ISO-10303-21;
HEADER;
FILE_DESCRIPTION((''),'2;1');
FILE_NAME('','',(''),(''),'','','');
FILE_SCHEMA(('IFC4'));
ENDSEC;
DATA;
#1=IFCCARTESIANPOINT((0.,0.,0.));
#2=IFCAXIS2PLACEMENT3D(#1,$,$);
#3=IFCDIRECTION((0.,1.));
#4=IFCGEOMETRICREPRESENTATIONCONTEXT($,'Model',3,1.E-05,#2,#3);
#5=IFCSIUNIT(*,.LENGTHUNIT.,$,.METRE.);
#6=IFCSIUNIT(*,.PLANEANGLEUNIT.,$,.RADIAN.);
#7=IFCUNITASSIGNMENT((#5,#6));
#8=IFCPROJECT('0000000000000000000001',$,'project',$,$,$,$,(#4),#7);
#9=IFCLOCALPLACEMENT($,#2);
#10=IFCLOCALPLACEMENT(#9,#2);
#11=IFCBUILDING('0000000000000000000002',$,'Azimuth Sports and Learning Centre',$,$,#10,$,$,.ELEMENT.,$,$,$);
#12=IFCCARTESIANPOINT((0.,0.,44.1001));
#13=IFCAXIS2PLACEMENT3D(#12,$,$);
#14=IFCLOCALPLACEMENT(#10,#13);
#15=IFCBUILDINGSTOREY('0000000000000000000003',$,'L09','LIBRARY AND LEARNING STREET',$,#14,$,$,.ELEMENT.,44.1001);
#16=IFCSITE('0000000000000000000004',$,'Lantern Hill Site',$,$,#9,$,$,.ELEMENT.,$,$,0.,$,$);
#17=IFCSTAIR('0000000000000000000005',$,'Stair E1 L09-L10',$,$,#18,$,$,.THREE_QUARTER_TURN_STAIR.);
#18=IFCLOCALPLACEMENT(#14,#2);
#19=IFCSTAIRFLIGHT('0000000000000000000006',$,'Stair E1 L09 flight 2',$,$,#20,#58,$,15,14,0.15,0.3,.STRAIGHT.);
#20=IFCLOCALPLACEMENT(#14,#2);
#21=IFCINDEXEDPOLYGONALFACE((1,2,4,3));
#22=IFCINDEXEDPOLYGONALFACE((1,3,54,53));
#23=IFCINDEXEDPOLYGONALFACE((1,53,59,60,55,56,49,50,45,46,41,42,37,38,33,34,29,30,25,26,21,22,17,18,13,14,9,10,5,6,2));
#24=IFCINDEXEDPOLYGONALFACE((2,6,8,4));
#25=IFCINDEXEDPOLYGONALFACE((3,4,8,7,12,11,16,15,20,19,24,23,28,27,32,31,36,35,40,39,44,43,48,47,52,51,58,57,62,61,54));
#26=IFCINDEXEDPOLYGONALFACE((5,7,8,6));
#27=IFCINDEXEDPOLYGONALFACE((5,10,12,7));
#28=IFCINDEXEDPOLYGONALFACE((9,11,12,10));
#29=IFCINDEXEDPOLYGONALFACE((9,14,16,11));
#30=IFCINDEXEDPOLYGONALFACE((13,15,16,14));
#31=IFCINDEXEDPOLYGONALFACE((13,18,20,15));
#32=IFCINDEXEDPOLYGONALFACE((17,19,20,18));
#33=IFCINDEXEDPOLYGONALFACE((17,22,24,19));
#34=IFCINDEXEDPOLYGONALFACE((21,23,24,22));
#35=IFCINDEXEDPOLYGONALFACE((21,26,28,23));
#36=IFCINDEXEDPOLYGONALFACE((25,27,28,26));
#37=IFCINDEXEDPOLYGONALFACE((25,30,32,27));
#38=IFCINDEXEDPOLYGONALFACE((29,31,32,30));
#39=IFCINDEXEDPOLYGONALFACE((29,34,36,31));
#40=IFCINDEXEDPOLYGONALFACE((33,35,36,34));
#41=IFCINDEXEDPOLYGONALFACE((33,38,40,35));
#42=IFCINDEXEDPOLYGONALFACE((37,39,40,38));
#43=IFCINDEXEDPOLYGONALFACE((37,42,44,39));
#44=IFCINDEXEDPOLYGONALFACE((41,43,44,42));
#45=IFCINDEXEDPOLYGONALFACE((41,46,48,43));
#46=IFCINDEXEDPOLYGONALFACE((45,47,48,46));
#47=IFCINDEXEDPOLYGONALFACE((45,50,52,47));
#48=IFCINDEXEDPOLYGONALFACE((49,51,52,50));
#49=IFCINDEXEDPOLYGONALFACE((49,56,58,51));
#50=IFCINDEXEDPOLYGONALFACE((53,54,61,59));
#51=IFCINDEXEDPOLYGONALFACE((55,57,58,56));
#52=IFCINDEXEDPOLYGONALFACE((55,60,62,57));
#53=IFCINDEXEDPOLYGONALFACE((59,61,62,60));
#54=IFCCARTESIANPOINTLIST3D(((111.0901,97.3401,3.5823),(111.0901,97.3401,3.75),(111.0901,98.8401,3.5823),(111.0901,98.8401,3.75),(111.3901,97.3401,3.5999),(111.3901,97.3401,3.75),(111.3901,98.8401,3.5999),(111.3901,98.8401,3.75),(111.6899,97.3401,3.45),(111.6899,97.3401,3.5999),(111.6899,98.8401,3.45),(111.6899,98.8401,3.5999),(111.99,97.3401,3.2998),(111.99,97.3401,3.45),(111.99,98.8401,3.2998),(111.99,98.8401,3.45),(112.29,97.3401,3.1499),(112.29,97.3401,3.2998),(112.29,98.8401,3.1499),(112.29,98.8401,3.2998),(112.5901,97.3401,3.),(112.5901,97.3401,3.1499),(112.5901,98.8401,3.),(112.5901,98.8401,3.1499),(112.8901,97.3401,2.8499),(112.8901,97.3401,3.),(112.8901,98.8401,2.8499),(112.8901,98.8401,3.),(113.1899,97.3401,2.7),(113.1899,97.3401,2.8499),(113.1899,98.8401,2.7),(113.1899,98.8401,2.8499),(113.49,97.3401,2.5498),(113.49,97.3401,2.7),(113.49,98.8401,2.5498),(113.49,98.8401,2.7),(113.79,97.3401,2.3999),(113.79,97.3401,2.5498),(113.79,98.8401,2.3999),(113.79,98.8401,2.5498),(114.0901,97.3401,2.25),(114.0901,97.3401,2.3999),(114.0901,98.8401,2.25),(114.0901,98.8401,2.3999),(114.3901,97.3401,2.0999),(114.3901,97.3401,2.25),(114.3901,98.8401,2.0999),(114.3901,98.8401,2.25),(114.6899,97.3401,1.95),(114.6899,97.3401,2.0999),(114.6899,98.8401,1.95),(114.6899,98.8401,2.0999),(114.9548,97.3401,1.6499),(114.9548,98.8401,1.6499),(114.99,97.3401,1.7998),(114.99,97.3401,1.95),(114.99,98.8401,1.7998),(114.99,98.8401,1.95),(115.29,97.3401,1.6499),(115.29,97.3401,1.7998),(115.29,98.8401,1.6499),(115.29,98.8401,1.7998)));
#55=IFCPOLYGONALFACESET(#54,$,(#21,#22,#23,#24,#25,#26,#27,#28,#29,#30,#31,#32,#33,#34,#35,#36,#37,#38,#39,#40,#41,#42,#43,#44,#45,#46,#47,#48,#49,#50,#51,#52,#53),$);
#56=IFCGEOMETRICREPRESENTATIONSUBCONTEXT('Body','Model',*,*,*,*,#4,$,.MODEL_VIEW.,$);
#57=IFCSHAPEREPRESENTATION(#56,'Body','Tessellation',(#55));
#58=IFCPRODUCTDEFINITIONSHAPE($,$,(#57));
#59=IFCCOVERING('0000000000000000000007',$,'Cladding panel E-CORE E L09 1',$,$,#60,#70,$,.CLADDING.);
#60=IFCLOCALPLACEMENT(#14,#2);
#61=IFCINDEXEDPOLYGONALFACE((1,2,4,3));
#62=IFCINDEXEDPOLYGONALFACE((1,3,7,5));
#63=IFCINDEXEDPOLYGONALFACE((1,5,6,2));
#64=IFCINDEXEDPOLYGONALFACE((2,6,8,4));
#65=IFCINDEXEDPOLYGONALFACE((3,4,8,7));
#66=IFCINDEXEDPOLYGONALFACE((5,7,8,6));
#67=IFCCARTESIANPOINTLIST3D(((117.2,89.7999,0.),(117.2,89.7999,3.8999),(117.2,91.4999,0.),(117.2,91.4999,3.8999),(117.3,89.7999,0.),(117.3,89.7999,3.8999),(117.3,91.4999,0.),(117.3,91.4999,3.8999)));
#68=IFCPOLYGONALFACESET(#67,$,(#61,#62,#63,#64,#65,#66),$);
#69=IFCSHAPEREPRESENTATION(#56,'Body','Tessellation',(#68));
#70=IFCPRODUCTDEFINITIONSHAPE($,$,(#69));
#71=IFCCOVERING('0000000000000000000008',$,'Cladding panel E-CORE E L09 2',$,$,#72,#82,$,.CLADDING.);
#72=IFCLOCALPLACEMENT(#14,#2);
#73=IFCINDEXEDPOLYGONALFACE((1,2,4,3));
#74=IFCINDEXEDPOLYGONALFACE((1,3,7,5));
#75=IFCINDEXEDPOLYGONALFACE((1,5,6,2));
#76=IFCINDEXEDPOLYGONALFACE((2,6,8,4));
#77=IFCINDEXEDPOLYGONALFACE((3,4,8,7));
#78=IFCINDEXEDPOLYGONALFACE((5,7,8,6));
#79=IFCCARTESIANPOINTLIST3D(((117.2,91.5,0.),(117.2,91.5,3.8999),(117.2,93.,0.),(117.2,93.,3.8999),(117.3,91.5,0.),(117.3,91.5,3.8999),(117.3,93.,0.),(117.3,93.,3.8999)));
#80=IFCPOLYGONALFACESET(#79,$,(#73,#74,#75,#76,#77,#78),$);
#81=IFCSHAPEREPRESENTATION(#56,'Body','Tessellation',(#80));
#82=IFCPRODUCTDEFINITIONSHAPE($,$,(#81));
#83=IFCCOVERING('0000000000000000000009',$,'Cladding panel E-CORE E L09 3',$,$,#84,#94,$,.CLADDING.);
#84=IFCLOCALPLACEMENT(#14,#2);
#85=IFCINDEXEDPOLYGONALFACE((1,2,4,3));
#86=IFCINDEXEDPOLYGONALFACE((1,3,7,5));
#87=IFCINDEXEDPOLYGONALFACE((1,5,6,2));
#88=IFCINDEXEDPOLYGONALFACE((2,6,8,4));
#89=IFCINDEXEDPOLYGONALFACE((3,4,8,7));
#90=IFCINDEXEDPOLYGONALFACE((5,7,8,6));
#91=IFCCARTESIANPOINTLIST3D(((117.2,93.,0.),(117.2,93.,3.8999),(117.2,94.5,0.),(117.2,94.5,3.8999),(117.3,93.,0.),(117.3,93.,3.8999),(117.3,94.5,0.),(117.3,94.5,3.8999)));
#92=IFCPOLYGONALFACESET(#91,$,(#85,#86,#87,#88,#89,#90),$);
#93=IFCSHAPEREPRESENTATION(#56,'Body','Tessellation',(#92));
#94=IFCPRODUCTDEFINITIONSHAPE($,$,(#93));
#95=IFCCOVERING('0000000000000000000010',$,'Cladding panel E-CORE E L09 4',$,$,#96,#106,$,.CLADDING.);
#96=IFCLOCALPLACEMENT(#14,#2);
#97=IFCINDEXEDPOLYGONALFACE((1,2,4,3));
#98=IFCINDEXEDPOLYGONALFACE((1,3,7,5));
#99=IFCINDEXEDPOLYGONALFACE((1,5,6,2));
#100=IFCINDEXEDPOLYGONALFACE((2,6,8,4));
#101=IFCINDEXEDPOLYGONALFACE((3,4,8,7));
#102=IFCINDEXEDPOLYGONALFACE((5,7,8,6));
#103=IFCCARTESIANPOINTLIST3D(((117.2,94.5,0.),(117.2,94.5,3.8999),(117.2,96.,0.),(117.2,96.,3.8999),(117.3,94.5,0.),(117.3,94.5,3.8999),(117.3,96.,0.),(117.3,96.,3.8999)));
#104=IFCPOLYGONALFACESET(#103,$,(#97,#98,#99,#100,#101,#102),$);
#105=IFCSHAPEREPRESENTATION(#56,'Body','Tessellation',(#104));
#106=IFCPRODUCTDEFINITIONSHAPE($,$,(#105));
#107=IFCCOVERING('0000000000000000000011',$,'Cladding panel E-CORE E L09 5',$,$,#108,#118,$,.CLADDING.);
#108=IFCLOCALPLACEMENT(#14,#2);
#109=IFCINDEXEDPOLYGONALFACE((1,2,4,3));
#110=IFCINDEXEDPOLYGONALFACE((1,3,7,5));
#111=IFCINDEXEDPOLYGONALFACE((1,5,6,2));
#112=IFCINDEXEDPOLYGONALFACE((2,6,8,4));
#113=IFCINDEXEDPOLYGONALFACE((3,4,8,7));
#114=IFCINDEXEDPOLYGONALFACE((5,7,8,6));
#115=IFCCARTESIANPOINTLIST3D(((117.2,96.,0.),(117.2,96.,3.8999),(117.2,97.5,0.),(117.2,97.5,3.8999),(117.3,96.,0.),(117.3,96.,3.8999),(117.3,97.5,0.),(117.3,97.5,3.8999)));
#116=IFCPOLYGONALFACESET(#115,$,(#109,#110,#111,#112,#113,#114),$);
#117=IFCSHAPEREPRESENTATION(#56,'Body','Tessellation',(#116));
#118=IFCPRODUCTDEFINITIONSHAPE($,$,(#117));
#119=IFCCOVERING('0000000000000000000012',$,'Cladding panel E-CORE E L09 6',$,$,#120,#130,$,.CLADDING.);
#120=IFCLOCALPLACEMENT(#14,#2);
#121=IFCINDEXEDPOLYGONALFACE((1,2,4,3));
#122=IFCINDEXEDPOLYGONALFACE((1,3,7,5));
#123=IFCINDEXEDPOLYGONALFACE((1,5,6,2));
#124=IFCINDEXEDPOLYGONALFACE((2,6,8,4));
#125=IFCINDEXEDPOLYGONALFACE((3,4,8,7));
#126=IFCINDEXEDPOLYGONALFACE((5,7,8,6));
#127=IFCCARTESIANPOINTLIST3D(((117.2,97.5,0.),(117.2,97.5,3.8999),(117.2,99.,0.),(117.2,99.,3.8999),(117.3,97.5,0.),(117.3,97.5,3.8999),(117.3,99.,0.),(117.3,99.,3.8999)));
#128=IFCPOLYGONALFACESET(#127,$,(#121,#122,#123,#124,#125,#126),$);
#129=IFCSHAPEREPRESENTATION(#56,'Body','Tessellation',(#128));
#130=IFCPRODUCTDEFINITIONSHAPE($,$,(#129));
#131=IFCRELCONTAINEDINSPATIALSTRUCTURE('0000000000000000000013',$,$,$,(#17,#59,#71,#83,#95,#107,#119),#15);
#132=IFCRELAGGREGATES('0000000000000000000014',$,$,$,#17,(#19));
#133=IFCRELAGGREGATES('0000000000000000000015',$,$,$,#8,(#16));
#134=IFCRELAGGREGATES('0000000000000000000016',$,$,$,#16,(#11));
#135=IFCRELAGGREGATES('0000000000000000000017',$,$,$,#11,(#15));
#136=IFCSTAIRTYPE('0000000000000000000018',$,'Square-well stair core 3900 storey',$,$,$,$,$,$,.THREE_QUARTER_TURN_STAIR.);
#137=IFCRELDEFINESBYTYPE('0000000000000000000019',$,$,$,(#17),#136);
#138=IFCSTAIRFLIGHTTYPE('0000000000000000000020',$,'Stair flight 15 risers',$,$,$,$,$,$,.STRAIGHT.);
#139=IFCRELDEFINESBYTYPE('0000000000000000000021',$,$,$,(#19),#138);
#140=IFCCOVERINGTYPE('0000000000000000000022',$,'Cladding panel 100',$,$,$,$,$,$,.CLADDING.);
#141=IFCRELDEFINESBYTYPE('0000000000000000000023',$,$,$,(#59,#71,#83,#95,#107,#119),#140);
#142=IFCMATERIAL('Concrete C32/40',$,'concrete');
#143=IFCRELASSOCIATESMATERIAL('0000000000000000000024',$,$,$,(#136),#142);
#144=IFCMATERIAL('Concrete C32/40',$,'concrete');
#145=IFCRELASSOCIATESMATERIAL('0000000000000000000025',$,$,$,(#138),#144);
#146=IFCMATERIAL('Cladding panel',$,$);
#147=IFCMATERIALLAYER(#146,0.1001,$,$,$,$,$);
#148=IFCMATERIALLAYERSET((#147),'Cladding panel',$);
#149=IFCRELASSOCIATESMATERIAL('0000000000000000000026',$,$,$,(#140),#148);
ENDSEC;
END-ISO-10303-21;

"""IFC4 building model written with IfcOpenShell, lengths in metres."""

from ifc_helpers import new_model, si_unit, direction, frame, origin, origin_2d, place, context, subcontext, project, spatial, polyline, rectangle, outline, extrude, material, layer, layer_set, type_object, element, aggregate, save


model = new_model("IFC4")

# Units and contexts
model_context = context("Model", 3, precision=1e-05, world=origin(), true_north=direction((0.0, 1.0)))
body_context = subcontext(model_context, "Body", "Model", "MODEL_VIEW")
ifc_project = project(units=[si_unit("LENGTHUNIT", "METRE"), si_unit("PLANEANGLEUNIT", "RADIAN")], contexts=[model_context])

# Site, building, storey
site_placement = place(None, origin())
site = spatial("IfcSite", under=ifc_project, at=site_placement, Name="Lantern Hill Site", CompositionType="ELEMENT", RefElevation=0.0)
building_placement = place(site_placement, origin())
building = spatial("IfcBuilding", under=site, at=building_placement, Name="Azimuth Sports and Learning Centre", CompositionType="ELEMENT")
storey_placement = place(building_placement, frame((0.0, 0.0, 44.1001)))
storey = spatial("IfcBuildingStorey", under=building, at=storey_placement, Name="L09", Description="LIBRARY AND LEARNING STREET", CompositionType="ELEMENT", Elevation=44.1001)

# Stair, stair flight
ifc_material_1 = material(Name="Concrete C32/40", Category="concrete")
stair_type = type_object("IfcStairType", Name="Square-well stair core 3900 storey", PredefinedType="THREE_QUARTER_TURN_STAIR", material=ifc_material_1)
stair_placement = place(storey_placement, origin())
stair = element("IfcStair", 1, at=stair_placement, inside=storey, type_object=stair_type, Name="Stair E1 L09-L10", PredefinedType="THREE_QUARTER_TURN_STAIR")
ifc_material_2 = material(Name="Concrete C32/40", Category="concrete")
stair_flight_type_1 = type_object("IfcStairFlightType", Name="Stair flight 15 risers", PredefinedType="STRAIGHT", material=ifc_material_2)
stair_flight_1_placement = place(storey_placement, frame((115.29, 98.0901, 1.6499), z_axis=(0.0, 0.0, 1.0), x_axis=(-1.0, 0.0, 0.0)))
stair_flight_1 = element("IfcStairFlight", 2, at=stair_flight_1_placement, type_object=stair_flight_type_1, Name="Stair E1 L09 flight 2", NumberOfRisers=15, NumberOfTreads=14, PredefinedType="STRAIGHT", RiserHeight=0.15, TreadLength=0.3, context=body_context, shape_type="SweptSolid", body=[
    extrude(outline(polyline([(0.0, 0.0), (0.0, 0.1499), (0.3, 0.1499), (0.3, 0.3), (0.6001, 0.3), (0.6001, 0.45), (0.8999, 0.45), (0.8999, 0.6001), (1.2, 0.6001), (1.2, 0.75), (1.5, 0.75), (1.5, 0.8999), (1.8, 0.8999), (1.8, 1.05), (2.1001, 1.05), (2.1001, 1.2), (2.3999, 1.2), (2.3999, 1.3501), (2.7, 1.3501), (2.7, 1.5), (3.0, 1.5), (3.0, 1.6499), (3.3, 1.6499), (3.3, 1.8), (3.6001, 1.8), (3.6001, 1.95), (3.8999, 1.95), (3.8999, 2.1001), (4.2, 2.1001), (4.2, 2.25), (4.2, 1.9324), (0.3352, 0.0), (0.0, 0.0)])), frame((0.0, 0.75, 0.0), z_axis=(0.0, -1.0, 0.0), x_axis=(1.0, 0.0, 0.0)), (0.0, 0.0, 1.0), 1.5),
])
aggregate(stair, [stair_flight_1])

# Coverings
ifc_material_3 = material(Name="Cladding panel")
ifc_layer_1 = layer(ifc_material_3, 0.1001)
ifc_layer_set_1 = layer_set([ifc_layer_1], Name="Cladding panel")
covering_type = type_object("IfcCoveringType", Name="Cladding panel 100", PredefinedType="CLADDING", material=ifc_layer_set_1)
covering_placement = place(storey_placement, frame((117.25, 90.6499, 0.0), z_axis=(0.0, 0.0, 1.0), x_axis=(0.0, 1.0, 0.0)))
element("IfcCovering", 3, at=covering_placement, inside=storey, type_object=covering_type, Name="Cladding panel E-CORE E L09 1", PredefinedType="CLADDING", context=body_context, shape_type="SweptSolid", body=[
    extrude(rectangle(XDim=1.7, YDim=0.1001, at=origin_2d()), origin(), (0.0, 0.0, 1.0), 3.8999),
])
for number, where, z_axis, x_axis, name in (
    (4, (117.25, 92.25, 0.0), (0.0, 0.0, 1.0), (0.0, 1.0, 0.0), "Cladding panel E-CORE E L09 2"),
    (5, (117.25, 93.75, 0.0), (0.0, 0.0, 1.0), (0.0, 1.0, 0.0), "Cladding panel E-CORE E L09 3"),
    (6, (117.25, 95.25, 0.0), (0.0, 0.0, 1.0), (0.0, 1.0, 0.0), "Cladding panel E-CORE E L09 4"),
    (7, (117.25, 96.75, 0.0), (0.0, 0.0, 1.0), (0.0, 1.0, 0.0), "Cladding panel E-CORE E L09 5"),
    (8, (117.25, 98.25, 0.0), (0.0, 0.0, 1.0), (0.0, 1.0, 0.0), "Cladding panel E-CORE E L09 6"),
):
    element("IfcCovering", number, at=place(storey_placement, frame(where, z_axis=z_axis, x_axis=x_axis)), inside=storey, type_object=covering_type, Name=name, PredefinedType="CLADDING", context=body_context, shape_type="SweptSolid", body=[
        extrude(rectangle(XDim=1.5, YDim=0.1001, at=origin_2d()), origin(), (0.0, 0.0, 1.0), 3.8999),
    ])

save(model, "model.ifc")
